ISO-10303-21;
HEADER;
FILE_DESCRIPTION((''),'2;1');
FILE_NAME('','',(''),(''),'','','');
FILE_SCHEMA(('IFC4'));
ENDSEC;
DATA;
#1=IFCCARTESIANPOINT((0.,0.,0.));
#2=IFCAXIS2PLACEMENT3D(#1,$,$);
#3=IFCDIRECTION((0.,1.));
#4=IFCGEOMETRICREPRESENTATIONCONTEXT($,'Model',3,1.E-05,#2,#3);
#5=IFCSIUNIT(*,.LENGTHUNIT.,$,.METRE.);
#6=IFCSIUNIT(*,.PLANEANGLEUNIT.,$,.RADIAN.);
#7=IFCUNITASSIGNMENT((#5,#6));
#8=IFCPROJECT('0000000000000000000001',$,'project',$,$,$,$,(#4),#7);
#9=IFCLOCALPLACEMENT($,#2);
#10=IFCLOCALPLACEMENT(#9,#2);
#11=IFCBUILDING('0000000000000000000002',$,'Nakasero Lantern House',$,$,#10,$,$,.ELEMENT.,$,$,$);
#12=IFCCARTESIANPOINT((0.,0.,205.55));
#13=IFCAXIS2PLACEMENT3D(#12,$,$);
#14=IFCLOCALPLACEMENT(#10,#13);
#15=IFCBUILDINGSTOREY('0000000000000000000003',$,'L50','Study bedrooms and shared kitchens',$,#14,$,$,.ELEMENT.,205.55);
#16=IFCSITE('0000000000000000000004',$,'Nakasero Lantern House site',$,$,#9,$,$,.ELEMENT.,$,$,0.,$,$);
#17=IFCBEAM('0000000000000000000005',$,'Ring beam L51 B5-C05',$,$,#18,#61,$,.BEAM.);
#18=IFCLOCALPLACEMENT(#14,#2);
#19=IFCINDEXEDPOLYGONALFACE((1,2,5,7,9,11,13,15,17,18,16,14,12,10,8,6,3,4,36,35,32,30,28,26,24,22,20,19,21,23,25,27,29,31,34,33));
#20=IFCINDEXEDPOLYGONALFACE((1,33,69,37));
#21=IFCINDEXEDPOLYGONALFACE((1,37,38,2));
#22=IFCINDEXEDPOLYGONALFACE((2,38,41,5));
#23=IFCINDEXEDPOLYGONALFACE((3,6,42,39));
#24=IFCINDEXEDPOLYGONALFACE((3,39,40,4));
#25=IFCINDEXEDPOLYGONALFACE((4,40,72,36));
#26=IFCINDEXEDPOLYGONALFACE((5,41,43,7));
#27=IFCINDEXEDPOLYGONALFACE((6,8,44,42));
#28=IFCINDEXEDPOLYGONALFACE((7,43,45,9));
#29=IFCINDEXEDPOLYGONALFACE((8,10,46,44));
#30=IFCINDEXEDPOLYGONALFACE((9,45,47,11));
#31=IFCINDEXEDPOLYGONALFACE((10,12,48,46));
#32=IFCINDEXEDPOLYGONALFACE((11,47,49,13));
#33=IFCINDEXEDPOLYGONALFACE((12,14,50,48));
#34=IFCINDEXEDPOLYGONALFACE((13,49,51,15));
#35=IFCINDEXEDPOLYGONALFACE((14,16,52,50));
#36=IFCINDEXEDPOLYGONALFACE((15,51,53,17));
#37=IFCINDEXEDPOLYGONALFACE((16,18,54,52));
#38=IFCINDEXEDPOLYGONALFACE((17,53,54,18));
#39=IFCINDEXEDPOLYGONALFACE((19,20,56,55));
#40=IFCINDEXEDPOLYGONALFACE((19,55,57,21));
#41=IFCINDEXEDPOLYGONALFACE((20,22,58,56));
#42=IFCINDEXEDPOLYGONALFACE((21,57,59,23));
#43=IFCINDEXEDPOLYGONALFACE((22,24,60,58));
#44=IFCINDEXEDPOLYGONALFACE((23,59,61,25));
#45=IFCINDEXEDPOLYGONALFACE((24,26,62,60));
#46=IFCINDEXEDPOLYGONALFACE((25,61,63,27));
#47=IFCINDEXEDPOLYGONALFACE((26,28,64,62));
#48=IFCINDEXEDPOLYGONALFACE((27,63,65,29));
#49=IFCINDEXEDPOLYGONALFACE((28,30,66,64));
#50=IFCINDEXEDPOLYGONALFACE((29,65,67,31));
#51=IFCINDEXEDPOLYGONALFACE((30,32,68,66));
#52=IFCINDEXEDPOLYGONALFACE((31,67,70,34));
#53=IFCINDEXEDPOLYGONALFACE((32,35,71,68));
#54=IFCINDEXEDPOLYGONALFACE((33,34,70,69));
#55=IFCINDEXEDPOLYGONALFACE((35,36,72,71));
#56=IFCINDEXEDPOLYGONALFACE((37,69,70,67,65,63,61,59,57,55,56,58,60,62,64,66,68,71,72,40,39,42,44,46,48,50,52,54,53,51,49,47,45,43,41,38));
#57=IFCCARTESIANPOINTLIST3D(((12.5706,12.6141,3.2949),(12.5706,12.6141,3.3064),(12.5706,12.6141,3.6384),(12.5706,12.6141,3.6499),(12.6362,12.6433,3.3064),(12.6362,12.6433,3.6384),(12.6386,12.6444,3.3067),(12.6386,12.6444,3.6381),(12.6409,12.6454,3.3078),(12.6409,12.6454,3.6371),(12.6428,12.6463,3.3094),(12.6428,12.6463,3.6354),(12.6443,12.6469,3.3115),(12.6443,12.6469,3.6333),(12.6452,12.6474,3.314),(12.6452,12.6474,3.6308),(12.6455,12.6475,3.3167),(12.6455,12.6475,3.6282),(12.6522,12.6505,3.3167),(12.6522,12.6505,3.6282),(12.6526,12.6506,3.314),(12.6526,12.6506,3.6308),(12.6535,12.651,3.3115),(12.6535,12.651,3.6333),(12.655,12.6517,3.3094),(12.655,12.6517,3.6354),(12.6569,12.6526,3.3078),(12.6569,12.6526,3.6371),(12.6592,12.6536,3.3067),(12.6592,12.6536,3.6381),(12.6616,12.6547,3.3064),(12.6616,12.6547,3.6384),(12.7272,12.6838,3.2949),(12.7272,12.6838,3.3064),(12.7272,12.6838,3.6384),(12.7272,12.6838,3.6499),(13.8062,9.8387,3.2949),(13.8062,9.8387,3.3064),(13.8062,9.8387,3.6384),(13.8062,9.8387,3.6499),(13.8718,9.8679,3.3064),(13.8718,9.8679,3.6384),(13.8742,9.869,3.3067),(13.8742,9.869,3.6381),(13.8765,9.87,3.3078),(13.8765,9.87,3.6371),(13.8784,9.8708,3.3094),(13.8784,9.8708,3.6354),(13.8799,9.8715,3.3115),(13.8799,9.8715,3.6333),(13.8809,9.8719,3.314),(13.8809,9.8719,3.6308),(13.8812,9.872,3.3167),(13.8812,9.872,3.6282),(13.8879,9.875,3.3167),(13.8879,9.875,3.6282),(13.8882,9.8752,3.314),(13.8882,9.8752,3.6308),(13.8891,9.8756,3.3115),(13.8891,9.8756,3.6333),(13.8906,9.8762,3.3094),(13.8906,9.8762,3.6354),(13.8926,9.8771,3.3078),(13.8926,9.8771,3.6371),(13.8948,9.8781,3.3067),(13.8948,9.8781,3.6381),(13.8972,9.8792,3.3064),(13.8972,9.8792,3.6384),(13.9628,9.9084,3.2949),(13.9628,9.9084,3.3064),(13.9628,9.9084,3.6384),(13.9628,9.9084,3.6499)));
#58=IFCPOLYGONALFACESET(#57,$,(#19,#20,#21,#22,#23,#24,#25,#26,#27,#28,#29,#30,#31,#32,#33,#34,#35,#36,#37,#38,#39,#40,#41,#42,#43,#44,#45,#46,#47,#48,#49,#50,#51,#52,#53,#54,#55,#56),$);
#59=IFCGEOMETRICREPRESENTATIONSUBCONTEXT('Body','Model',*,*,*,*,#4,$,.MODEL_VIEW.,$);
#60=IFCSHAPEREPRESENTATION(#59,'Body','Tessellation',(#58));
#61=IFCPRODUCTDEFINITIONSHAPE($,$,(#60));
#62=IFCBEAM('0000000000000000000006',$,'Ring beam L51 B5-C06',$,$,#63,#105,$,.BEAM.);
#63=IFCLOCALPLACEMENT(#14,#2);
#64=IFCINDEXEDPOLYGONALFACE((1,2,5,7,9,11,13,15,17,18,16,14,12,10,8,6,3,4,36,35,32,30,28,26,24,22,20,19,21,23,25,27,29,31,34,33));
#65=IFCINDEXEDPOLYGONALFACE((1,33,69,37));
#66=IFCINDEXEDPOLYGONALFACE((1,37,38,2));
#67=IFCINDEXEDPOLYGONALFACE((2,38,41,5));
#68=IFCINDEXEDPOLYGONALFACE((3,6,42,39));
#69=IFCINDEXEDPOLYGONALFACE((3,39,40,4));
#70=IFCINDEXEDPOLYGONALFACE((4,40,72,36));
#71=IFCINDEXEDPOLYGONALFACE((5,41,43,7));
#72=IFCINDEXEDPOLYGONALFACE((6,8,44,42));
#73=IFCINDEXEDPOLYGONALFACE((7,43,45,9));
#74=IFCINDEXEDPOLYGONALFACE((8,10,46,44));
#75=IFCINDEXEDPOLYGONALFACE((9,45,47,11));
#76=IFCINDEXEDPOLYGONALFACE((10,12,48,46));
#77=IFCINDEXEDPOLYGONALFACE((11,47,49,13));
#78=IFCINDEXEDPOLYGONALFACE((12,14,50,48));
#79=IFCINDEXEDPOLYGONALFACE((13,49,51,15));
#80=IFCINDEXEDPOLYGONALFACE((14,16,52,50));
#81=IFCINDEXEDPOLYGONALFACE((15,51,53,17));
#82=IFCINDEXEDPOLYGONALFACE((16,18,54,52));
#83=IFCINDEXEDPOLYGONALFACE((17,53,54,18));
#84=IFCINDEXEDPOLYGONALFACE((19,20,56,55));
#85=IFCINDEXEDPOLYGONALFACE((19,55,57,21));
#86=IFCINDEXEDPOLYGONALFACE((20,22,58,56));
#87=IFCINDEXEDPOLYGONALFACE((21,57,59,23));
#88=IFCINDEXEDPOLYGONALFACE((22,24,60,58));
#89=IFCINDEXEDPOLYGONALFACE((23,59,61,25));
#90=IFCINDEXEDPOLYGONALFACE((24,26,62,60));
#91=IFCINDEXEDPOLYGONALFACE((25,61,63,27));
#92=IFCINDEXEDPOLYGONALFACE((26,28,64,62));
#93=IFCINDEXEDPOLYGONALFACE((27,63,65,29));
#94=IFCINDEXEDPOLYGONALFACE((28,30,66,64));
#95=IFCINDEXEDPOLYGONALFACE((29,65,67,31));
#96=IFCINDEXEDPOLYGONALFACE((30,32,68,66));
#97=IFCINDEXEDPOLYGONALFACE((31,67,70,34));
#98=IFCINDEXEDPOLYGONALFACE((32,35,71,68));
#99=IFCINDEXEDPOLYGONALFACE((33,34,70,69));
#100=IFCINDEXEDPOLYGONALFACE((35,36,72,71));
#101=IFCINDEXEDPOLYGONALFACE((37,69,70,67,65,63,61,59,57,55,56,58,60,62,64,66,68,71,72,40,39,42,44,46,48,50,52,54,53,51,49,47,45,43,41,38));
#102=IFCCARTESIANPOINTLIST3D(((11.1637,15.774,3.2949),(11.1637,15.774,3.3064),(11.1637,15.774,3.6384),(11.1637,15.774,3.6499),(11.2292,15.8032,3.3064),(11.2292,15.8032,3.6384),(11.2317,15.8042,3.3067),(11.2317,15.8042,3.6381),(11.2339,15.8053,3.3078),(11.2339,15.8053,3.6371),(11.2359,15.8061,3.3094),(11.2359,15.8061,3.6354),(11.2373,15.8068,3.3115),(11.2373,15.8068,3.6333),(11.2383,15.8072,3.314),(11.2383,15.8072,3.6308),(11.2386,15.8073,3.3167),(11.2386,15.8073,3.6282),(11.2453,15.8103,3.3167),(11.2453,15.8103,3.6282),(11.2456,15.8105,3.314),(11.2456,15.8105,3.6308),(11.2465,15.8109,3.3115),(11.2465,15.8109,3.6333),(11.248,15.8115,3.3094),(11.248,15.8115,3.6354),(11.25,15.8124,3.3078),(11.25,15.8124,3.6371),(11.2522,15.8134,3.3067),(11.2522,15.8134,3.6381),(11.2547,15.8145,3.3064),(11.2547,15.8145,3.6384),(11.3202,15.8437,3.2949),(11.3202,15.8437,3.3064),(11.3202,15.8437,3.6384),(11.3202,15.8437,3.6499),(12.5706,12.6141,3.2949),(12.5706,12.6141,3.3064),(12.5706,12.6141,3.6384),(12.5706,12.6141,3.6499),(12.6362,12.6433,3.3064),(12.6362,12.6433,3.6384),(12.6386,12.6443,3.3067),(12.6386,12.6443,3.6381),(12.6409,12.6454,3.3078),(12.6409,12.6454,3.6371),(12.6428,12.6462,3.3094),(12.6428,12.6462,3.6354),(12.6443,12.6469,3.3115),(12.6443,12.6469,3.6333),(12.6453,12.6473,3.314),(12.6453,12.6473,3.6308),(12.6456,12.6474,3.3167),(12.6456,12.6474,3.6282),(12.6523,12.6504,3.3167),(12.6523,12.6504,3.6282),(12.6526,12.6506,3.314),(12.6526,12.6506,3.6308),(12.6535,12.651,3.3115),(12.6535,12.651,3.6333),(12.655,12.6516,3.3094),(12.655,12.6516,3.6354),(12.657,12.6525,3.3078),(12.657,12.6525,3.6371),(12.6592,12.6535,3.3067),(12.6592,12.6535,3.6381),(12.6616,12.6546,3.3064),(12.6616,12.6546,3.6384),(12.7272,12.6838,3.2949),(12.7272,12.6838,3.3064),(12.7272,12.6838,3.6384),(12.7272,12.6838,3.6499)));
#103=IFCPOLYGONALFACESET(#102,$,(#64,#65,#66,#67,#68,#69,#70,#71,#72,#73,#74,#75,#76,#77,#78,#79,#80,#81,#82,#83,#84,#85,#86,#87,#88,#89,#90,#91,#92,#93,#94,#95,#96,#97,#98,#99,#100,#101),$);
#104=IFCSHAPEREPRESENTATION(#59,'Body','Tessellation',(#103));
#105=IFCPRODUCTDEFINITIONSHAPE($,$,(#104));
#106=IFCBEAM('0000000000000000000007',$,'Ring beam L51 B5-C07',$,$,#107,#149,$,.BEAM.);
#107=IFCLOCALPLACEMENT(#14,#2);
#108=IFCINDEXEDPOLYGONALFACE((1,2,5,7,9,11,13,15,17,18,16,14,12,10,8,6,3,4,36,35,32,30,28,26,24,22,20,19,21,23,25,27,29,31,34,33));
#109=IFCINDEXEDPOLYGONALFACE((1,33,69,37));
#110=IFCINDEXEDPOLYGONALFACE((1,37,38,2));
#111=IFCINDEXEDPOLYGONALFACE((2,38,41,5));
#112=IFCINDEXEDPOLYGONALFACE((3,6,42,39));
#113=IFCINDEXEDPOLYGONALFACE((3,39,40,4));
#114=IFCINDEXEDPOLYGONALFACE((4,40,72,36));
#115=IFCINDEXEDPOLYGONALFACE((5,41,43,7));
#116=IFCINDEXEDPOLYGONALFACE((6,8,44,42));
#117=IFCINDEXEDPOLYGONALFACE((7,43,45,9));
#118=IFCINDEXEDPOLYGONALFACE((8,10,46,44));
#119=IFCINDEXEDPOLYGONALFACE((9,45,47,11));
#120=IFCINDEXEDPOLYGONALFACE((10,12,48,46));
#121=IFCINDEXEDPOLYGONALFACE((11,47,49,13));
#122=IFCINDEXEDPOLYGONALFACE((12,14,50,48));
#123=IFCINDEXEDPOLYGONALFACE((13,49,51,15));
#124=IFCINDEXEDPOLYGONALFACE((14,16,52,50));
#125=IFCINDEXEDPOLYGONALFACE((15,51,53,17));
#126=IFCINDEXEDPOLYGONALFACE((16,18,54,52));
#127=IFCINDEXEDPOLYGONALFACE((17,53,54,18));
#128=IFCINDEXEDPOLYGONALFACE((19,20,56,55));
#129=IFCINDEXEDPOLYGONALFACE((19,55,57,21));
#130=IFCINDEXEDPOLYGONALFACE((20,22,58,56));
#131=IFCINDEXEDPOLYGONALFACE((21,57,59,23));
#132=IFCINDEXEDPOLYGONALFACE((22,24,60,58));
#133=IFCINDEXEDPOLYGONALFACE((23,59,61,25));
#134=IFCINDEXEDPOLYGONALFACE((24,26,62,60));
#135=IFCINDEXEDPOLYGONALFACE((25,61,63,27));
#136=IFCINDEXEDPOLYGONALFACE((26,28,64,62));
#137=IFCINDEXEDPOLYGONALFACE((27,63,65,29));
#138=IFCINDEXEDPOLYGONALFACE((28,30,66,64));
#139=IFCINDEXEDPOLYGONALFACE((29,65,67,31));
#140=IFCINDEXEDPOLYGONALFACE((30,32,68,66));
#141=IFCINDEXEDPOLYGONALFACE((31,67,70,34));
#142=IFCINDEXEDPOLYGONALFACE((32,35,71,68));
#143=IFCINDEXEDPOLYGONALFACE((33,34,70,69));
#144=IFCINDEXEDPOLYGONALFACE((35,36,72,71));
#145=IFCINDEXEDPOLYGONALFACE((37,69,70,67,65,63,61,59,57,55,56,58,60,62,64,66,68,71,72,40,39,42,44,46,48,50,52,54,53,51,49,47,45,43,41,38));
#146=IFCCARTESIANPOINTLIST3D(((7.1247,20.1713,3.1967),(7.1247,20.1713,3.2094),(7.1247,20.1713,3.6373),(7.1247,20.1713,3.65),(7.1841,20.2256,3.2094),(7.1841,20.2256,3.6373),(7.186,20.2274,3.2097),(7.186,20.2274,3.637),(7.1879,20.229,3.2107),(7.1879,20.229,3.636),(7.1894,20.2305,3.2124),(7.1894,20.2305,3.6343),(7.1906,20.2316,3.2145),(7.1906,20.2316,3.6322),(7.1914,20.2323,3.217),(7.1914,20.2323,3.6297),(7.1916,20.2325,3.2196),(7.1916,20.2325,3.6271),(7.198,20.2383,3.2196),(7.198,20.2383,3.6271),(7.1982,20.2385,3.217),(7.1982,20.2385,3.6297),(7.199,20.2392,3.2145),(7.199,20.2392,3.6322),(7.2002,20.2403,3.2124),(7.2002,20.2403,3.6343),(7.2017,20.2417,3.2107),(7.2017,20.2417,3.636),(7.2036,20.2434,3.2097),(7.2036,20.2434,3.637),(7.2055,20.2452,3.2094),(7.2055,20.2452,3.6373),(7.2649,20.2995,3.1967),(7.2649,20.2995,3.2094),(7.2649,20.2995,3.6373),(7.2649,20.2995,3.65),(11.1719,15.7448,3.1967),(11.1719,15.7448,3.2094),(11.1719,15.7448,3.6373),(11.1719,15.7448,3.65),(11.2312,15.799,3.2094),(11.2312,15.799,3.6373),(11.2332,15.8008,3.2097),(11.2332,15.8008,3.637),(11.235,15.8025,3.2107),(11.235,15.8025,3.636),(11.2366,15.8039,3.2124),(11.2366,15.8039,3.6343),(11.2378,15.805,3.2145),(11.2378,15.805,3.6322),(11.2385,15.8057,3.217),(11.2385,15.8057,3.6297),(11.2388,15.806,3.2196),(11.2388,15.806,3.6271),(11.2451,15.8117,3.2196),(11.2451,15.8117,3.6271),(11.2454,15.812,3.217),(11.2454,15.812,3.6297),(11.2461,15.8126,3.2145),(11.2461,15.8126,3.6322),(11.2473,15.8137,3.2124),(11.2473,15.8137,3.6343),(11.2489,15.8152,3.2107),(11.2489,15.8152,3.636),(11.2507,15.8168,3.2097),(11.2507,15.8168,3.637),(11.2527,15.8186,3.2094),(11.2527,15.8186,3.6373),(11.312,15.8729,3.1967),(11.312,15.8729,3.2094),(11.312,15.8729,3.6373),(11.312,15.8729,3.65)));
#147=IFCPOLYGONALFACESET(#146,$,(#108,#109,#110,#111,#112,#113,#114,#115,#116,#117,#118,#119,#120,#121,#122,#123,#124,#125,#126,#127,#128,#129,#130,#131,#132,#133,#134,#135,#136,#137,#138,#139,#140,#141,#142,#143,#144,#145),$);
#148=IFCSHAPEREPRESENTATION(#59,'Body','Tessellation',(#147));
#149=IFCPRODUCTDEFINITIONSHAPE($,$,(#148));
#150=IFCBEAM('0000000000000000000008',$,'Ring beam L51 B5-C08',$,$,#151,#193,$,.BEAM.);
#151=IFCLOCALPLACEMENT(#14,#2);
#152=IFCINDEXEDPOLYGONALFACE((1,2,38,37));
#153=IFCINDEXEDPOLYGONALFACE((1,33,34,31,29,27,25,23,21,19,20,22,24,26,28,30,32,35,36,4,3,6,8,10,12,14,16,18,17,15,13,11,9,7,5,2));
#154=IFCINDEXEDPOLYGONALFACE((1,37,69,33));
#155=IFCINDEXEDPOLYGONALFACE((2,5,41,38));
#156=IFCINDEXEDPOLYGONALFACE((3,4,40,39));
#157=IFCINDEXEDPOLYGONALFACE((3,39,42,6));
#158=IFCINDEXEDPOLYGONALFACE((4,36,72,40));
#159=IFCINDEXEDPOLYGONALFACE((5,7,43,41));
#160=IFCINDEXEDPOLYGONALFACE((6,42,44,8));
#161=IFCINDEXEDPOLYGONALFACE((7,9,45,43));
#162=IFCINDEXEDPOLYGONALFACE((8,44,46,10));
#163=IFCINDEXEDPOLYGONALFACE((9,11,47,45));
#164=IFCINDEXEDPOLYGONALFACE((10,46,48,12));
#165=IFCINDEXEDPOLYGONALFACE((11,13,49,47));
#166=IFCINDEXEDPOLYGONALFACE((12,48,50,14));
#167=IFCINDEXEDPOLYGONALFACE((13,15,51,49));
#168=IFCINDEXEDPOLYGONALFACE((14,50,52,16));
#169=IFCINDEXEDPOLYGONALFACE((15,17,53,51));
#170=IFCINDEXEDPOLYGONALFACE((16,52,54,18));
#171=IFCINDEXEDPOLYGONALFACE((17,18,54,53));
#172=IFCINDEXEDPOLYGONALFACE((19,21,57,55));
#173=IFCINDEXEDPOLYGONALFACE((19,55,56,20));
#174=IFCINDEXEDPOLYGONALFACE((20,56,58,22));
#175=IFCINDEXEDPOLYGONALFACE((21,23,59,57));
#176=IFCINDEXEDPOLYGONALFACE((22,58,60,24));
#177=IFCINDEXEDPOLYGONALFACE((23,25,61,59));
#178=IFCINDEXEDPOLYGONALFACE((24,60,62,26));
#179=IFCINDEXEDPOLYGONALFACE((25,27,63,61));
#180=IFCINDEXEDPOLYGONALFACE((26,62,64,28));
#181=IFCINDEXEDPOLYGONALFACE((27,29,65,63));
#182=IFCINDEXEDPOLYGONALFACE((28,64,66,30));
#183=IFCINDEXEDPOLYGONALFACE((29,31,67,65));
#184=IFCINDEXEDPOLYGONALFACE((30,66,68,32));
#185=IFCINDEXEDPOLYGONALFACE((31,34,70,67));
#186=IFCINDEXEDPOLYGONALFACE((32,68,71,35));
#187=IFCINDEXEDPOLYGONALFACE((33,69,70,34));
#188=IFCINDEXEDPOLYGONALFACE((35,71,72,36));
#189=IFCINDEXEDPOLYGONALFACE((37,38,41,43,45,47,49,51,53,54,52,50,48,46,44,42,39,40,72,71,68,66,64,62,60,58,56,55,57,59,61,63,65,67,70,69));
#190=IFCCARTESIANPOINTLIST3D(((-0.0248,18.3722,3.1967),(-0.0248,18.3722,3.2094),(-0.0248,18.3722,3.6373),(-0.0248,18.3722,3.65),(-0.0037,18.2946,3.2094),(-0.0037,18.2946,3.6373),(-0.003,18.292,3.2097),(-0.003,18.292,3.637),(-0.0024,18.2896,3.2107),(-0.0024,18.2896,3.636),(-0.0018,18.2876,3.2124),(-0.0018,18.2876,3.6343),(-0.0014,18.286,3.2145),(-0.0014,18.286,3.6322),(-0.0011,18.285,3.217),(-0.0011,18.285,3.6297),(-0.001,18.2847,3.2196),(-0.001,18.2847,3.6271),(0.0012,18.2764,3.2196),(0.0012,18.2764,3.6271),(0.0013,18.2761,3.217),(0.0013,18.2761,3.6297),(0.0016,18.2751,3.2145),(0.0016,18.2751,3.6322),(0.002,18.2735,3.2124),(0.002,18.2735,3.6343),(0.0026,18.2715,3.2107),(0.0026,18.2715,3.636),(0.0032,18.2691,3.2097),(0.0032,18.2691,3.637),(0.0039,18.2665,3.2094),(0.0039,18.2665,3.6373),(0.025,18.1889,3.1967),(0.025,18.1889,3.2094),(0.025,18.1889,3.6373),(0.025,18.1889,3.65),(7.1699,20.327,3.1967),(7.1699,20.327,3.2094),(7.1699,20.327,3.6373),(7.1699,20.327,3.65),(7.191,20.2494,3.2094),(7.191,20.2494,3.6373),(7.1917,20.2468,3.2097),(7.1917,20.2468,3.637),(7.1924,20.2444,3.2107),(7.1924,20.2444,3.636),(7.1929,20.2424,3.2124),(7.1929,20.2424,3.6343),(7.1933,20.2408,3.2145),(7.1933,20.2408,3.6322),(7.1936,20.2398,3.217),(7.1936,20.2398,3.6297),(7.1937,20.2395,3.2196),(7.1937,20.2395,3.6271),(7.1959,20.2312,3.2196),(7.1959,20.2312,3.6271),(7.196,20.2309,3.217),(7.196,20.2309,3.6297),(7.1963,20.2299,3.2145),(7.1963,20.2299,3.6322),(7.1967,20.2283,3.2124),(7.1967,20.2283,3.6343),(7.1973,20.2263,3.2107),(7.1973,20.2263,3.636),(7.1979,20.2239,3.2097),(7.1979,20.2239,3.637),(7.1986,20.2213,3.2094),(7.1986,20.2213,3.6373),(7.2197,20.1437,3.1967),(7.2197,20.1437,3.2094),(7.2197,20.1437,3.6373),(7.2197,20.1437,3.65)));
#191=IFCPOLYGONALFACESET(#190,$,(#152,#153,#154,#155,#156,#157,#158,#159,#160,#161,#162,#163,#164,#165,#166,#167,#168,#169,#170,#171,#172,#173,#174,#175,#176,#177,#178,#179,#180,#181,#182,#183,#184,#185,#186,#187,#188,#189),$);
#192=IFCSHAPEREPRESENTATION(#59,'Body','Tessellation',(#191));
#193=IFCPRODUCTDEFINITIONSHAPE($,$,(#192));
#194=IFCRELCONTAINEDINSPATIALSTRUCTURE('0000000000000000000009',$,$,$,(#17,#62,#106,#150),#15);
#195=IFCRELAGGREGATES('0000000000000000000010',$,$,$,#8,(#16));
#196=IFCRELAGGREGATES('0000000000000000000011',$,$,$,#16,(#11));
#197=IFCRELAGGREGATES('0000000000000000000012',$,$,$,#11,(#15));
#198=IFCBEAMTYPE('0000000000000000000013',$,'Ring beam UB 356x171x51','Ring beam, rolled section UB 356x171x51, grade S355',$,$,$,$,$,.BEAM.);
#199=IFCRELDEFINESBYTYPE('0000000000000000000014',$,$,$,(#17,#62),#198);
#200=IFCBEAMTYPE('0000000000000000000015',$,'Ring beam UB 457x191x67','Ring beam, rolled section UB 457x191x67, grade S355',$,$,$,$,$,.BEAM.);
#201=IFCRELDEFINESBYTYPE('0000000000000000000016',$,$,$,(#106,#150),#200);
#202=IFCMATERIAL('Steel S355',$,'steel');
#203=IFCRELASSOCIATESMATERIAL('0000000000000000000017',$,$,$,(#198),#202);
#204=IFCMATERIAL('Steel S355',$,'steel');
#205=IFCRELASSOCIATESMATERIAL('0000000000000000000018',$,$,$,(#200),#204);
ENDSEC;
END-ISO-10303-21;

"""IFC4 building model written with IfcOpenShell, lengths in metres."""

from ifc_helpers import new_model, si_unit, direction, frame, origin, origin_2d, place, context, subcontext, project, spatial, i_section, extrude, material, material_profile, profile_set, type_object, element, save


model = new_model("IFC4")

# Units and contexts
model_context = context("Model", 3, precision=1e-05, world=origin(), true_north=direction((0.0, 1.0)))
body_context = subcontext(model_context, "Body", "Model", "MODEL_VIEW")
ifc_project = project(units=[si_unit("LENGTHUNIT", "METRE"), si_unit("PLANEANGLEUNIT", "RADIAN")], contexts=[model_context])

# Site, building, storey
site_placement = place(None, origin())
site = spatial("IfcSite", under=ifc_project, at=site_placement, Name="Nakasero Lantern House site", CompositionType="ELEMENT", RefElevation=0.0)
building_placement = place(site_placement, origin())
building = spatial("IfcBuilding", under=site, at=building_placement, Name="Nakasero Lantern House", CompositionType="ELEMENT")
storey_placement = place(building_placement, frame((0.0, 0.0, 205.55)))
storey = spatial("IfcBuildingStorey", under=building, at=storey_placement, Name="L50", Description="Study bedrooms and shared kitchens", CompositionType="ELEMENT", Elevation=205.55)

# Beams
ifc_material_1 = material(Name="Steel S355", Category="steel")
ifc_material_profile_1 = material_profile(ifc_material_1, i_section(OverallWidth=0.1714, OverallDepth=0.355, WebThickness=0.0073, FlangeThickness=0.0115, FilletRadius=0.0103, at=origin_2d()), Name="UB 356x171x51")
ifc_profile_set_1 = profile_set([ifc_material_profile_1], Name="Steel S355")
beam_type_1 = type_object("IfcBeamType", Name="Ring beam UB 356x171x51", Description="Ring beam, rolled section UB 356x171x51, grade S355", PredefinedType="BEAM", material=ifc_profile_set_1)
beam_1_placement = place(storey_placement, frame((13.8845, 9.8735, 3.4724), z_axis=(-0.406713, 0.913556, 0.0), x_axis=(-0.913556, -0.406713, 0.0)))
element("IfcBeam", 1, at=beam_1_placement, inside=storey, type_object=beam_type_1, Name="Ring beam L51 B5-C05", PredefinedType="BEAM", context=body_context, shape_type="SweptSolid", body=[
    extrude(i_section(OverallWidth=0.1714, OverallDepth=0.355, WebThickness=0.0073, FlangeThickness=0.0115, FilletRadius=0.0103, at=origin_2d()), origin(), (0.0, 0.0, 1.0), 3.0381),
])
beam_2_placement = place(storey_placement, frame((12.6489, 12.6489, 3.4724), z_axis=(-0.406761, 0.913535, 0.0), x_axis=(-0.913535, -0.406761, 0.0)))
element("IfcBeam", 2, at=beam_2_placement, inside=storey, type_object=beam_type_1, Name="Ring beam L51 B5-C06", PredefinedType="BEAM", context=body_context, shape_type="SweptSolid", body=[
    extrude(i_section(OverallWidth=0.1714, OverallDepth=0.355, WebThickness=0.0073, FlangeThickness=0.0115, FilletRadius=0.0103, at=origin_2d()), origin(), (0.0, 0.0, 1.0), 3.459),
])
ifc_material_2 = material(Name="Steel S355", Category="steel")
ifc_material_profile_2 = material_profile(ifc_material_2, i_section(OverallWidth=0.1899, OverallDepth=0.4534, WebThickness=0.0085, FlangeThickness=0.0127, FilletRadius=0.0103, at=origin_2d()), Name="UB 457x191x67")
ifc_profile_set_2 = profile_set([ifc_material_profile_2], Name="Steel S355")
beam_type_2 = type_object("IfcBeamType", Name="Ring beam UB 457x191x67", Description="Ring beam, rolled section UB 457x191x67, grade S355", PredefinedType="BEAM", material=ifc_profile_set_2)
beam_3_placement = place(storey_placement, frame((11.2419, 15.8088, 3.4233), z_axis=(-0.674771, 0.738027, 0.0), x_axis=(-0.738027, -0.674771, 0.0)))
element("IfcBeam", 3, at=beam_3_placement, inside=storey, type_object=beam_type_2, Name="Ring beam L51 B5-C07", PredefinedType="BEAM", context=body_context, shape_type="SweptSolid", body=[
    extrude(i_section(OverallWidth=0.1899, OverallDepth=0.4534, WebThickness=0.0085, FlangeThickness=0.0127, FilletRadius=0.0103, at=origin_2d()), origin(), (0.0, 0.0, 1.0), 5.9978),
])
beam_4_placement = place(storey_placement, frame((7.1948, 20.2354, 3.4233), z_axis=(-0.965015, -0.262195, 0.0), x_axis=(0.262195, -0.965015, 0.0)))
element("IfcBeam", 4, at=beam_4_placement, inside=storey, type_object=beam_type_2, Name="Ring beam L51 B5-C08", PredefinedType="BEAM", context=body_context, shape_type="SweptSolid", body=[
    extrude(i_section(OverallWidth=0.1899, OverallDepth=0.4534, WebThickness=0.0085, FlangeThickness=0.0127, FilletRadius=0.0103, at=origin_2d()), origin(), (0.0, 0.0, 1.0), 7.4556),
])

save(model, "model.ifc")
